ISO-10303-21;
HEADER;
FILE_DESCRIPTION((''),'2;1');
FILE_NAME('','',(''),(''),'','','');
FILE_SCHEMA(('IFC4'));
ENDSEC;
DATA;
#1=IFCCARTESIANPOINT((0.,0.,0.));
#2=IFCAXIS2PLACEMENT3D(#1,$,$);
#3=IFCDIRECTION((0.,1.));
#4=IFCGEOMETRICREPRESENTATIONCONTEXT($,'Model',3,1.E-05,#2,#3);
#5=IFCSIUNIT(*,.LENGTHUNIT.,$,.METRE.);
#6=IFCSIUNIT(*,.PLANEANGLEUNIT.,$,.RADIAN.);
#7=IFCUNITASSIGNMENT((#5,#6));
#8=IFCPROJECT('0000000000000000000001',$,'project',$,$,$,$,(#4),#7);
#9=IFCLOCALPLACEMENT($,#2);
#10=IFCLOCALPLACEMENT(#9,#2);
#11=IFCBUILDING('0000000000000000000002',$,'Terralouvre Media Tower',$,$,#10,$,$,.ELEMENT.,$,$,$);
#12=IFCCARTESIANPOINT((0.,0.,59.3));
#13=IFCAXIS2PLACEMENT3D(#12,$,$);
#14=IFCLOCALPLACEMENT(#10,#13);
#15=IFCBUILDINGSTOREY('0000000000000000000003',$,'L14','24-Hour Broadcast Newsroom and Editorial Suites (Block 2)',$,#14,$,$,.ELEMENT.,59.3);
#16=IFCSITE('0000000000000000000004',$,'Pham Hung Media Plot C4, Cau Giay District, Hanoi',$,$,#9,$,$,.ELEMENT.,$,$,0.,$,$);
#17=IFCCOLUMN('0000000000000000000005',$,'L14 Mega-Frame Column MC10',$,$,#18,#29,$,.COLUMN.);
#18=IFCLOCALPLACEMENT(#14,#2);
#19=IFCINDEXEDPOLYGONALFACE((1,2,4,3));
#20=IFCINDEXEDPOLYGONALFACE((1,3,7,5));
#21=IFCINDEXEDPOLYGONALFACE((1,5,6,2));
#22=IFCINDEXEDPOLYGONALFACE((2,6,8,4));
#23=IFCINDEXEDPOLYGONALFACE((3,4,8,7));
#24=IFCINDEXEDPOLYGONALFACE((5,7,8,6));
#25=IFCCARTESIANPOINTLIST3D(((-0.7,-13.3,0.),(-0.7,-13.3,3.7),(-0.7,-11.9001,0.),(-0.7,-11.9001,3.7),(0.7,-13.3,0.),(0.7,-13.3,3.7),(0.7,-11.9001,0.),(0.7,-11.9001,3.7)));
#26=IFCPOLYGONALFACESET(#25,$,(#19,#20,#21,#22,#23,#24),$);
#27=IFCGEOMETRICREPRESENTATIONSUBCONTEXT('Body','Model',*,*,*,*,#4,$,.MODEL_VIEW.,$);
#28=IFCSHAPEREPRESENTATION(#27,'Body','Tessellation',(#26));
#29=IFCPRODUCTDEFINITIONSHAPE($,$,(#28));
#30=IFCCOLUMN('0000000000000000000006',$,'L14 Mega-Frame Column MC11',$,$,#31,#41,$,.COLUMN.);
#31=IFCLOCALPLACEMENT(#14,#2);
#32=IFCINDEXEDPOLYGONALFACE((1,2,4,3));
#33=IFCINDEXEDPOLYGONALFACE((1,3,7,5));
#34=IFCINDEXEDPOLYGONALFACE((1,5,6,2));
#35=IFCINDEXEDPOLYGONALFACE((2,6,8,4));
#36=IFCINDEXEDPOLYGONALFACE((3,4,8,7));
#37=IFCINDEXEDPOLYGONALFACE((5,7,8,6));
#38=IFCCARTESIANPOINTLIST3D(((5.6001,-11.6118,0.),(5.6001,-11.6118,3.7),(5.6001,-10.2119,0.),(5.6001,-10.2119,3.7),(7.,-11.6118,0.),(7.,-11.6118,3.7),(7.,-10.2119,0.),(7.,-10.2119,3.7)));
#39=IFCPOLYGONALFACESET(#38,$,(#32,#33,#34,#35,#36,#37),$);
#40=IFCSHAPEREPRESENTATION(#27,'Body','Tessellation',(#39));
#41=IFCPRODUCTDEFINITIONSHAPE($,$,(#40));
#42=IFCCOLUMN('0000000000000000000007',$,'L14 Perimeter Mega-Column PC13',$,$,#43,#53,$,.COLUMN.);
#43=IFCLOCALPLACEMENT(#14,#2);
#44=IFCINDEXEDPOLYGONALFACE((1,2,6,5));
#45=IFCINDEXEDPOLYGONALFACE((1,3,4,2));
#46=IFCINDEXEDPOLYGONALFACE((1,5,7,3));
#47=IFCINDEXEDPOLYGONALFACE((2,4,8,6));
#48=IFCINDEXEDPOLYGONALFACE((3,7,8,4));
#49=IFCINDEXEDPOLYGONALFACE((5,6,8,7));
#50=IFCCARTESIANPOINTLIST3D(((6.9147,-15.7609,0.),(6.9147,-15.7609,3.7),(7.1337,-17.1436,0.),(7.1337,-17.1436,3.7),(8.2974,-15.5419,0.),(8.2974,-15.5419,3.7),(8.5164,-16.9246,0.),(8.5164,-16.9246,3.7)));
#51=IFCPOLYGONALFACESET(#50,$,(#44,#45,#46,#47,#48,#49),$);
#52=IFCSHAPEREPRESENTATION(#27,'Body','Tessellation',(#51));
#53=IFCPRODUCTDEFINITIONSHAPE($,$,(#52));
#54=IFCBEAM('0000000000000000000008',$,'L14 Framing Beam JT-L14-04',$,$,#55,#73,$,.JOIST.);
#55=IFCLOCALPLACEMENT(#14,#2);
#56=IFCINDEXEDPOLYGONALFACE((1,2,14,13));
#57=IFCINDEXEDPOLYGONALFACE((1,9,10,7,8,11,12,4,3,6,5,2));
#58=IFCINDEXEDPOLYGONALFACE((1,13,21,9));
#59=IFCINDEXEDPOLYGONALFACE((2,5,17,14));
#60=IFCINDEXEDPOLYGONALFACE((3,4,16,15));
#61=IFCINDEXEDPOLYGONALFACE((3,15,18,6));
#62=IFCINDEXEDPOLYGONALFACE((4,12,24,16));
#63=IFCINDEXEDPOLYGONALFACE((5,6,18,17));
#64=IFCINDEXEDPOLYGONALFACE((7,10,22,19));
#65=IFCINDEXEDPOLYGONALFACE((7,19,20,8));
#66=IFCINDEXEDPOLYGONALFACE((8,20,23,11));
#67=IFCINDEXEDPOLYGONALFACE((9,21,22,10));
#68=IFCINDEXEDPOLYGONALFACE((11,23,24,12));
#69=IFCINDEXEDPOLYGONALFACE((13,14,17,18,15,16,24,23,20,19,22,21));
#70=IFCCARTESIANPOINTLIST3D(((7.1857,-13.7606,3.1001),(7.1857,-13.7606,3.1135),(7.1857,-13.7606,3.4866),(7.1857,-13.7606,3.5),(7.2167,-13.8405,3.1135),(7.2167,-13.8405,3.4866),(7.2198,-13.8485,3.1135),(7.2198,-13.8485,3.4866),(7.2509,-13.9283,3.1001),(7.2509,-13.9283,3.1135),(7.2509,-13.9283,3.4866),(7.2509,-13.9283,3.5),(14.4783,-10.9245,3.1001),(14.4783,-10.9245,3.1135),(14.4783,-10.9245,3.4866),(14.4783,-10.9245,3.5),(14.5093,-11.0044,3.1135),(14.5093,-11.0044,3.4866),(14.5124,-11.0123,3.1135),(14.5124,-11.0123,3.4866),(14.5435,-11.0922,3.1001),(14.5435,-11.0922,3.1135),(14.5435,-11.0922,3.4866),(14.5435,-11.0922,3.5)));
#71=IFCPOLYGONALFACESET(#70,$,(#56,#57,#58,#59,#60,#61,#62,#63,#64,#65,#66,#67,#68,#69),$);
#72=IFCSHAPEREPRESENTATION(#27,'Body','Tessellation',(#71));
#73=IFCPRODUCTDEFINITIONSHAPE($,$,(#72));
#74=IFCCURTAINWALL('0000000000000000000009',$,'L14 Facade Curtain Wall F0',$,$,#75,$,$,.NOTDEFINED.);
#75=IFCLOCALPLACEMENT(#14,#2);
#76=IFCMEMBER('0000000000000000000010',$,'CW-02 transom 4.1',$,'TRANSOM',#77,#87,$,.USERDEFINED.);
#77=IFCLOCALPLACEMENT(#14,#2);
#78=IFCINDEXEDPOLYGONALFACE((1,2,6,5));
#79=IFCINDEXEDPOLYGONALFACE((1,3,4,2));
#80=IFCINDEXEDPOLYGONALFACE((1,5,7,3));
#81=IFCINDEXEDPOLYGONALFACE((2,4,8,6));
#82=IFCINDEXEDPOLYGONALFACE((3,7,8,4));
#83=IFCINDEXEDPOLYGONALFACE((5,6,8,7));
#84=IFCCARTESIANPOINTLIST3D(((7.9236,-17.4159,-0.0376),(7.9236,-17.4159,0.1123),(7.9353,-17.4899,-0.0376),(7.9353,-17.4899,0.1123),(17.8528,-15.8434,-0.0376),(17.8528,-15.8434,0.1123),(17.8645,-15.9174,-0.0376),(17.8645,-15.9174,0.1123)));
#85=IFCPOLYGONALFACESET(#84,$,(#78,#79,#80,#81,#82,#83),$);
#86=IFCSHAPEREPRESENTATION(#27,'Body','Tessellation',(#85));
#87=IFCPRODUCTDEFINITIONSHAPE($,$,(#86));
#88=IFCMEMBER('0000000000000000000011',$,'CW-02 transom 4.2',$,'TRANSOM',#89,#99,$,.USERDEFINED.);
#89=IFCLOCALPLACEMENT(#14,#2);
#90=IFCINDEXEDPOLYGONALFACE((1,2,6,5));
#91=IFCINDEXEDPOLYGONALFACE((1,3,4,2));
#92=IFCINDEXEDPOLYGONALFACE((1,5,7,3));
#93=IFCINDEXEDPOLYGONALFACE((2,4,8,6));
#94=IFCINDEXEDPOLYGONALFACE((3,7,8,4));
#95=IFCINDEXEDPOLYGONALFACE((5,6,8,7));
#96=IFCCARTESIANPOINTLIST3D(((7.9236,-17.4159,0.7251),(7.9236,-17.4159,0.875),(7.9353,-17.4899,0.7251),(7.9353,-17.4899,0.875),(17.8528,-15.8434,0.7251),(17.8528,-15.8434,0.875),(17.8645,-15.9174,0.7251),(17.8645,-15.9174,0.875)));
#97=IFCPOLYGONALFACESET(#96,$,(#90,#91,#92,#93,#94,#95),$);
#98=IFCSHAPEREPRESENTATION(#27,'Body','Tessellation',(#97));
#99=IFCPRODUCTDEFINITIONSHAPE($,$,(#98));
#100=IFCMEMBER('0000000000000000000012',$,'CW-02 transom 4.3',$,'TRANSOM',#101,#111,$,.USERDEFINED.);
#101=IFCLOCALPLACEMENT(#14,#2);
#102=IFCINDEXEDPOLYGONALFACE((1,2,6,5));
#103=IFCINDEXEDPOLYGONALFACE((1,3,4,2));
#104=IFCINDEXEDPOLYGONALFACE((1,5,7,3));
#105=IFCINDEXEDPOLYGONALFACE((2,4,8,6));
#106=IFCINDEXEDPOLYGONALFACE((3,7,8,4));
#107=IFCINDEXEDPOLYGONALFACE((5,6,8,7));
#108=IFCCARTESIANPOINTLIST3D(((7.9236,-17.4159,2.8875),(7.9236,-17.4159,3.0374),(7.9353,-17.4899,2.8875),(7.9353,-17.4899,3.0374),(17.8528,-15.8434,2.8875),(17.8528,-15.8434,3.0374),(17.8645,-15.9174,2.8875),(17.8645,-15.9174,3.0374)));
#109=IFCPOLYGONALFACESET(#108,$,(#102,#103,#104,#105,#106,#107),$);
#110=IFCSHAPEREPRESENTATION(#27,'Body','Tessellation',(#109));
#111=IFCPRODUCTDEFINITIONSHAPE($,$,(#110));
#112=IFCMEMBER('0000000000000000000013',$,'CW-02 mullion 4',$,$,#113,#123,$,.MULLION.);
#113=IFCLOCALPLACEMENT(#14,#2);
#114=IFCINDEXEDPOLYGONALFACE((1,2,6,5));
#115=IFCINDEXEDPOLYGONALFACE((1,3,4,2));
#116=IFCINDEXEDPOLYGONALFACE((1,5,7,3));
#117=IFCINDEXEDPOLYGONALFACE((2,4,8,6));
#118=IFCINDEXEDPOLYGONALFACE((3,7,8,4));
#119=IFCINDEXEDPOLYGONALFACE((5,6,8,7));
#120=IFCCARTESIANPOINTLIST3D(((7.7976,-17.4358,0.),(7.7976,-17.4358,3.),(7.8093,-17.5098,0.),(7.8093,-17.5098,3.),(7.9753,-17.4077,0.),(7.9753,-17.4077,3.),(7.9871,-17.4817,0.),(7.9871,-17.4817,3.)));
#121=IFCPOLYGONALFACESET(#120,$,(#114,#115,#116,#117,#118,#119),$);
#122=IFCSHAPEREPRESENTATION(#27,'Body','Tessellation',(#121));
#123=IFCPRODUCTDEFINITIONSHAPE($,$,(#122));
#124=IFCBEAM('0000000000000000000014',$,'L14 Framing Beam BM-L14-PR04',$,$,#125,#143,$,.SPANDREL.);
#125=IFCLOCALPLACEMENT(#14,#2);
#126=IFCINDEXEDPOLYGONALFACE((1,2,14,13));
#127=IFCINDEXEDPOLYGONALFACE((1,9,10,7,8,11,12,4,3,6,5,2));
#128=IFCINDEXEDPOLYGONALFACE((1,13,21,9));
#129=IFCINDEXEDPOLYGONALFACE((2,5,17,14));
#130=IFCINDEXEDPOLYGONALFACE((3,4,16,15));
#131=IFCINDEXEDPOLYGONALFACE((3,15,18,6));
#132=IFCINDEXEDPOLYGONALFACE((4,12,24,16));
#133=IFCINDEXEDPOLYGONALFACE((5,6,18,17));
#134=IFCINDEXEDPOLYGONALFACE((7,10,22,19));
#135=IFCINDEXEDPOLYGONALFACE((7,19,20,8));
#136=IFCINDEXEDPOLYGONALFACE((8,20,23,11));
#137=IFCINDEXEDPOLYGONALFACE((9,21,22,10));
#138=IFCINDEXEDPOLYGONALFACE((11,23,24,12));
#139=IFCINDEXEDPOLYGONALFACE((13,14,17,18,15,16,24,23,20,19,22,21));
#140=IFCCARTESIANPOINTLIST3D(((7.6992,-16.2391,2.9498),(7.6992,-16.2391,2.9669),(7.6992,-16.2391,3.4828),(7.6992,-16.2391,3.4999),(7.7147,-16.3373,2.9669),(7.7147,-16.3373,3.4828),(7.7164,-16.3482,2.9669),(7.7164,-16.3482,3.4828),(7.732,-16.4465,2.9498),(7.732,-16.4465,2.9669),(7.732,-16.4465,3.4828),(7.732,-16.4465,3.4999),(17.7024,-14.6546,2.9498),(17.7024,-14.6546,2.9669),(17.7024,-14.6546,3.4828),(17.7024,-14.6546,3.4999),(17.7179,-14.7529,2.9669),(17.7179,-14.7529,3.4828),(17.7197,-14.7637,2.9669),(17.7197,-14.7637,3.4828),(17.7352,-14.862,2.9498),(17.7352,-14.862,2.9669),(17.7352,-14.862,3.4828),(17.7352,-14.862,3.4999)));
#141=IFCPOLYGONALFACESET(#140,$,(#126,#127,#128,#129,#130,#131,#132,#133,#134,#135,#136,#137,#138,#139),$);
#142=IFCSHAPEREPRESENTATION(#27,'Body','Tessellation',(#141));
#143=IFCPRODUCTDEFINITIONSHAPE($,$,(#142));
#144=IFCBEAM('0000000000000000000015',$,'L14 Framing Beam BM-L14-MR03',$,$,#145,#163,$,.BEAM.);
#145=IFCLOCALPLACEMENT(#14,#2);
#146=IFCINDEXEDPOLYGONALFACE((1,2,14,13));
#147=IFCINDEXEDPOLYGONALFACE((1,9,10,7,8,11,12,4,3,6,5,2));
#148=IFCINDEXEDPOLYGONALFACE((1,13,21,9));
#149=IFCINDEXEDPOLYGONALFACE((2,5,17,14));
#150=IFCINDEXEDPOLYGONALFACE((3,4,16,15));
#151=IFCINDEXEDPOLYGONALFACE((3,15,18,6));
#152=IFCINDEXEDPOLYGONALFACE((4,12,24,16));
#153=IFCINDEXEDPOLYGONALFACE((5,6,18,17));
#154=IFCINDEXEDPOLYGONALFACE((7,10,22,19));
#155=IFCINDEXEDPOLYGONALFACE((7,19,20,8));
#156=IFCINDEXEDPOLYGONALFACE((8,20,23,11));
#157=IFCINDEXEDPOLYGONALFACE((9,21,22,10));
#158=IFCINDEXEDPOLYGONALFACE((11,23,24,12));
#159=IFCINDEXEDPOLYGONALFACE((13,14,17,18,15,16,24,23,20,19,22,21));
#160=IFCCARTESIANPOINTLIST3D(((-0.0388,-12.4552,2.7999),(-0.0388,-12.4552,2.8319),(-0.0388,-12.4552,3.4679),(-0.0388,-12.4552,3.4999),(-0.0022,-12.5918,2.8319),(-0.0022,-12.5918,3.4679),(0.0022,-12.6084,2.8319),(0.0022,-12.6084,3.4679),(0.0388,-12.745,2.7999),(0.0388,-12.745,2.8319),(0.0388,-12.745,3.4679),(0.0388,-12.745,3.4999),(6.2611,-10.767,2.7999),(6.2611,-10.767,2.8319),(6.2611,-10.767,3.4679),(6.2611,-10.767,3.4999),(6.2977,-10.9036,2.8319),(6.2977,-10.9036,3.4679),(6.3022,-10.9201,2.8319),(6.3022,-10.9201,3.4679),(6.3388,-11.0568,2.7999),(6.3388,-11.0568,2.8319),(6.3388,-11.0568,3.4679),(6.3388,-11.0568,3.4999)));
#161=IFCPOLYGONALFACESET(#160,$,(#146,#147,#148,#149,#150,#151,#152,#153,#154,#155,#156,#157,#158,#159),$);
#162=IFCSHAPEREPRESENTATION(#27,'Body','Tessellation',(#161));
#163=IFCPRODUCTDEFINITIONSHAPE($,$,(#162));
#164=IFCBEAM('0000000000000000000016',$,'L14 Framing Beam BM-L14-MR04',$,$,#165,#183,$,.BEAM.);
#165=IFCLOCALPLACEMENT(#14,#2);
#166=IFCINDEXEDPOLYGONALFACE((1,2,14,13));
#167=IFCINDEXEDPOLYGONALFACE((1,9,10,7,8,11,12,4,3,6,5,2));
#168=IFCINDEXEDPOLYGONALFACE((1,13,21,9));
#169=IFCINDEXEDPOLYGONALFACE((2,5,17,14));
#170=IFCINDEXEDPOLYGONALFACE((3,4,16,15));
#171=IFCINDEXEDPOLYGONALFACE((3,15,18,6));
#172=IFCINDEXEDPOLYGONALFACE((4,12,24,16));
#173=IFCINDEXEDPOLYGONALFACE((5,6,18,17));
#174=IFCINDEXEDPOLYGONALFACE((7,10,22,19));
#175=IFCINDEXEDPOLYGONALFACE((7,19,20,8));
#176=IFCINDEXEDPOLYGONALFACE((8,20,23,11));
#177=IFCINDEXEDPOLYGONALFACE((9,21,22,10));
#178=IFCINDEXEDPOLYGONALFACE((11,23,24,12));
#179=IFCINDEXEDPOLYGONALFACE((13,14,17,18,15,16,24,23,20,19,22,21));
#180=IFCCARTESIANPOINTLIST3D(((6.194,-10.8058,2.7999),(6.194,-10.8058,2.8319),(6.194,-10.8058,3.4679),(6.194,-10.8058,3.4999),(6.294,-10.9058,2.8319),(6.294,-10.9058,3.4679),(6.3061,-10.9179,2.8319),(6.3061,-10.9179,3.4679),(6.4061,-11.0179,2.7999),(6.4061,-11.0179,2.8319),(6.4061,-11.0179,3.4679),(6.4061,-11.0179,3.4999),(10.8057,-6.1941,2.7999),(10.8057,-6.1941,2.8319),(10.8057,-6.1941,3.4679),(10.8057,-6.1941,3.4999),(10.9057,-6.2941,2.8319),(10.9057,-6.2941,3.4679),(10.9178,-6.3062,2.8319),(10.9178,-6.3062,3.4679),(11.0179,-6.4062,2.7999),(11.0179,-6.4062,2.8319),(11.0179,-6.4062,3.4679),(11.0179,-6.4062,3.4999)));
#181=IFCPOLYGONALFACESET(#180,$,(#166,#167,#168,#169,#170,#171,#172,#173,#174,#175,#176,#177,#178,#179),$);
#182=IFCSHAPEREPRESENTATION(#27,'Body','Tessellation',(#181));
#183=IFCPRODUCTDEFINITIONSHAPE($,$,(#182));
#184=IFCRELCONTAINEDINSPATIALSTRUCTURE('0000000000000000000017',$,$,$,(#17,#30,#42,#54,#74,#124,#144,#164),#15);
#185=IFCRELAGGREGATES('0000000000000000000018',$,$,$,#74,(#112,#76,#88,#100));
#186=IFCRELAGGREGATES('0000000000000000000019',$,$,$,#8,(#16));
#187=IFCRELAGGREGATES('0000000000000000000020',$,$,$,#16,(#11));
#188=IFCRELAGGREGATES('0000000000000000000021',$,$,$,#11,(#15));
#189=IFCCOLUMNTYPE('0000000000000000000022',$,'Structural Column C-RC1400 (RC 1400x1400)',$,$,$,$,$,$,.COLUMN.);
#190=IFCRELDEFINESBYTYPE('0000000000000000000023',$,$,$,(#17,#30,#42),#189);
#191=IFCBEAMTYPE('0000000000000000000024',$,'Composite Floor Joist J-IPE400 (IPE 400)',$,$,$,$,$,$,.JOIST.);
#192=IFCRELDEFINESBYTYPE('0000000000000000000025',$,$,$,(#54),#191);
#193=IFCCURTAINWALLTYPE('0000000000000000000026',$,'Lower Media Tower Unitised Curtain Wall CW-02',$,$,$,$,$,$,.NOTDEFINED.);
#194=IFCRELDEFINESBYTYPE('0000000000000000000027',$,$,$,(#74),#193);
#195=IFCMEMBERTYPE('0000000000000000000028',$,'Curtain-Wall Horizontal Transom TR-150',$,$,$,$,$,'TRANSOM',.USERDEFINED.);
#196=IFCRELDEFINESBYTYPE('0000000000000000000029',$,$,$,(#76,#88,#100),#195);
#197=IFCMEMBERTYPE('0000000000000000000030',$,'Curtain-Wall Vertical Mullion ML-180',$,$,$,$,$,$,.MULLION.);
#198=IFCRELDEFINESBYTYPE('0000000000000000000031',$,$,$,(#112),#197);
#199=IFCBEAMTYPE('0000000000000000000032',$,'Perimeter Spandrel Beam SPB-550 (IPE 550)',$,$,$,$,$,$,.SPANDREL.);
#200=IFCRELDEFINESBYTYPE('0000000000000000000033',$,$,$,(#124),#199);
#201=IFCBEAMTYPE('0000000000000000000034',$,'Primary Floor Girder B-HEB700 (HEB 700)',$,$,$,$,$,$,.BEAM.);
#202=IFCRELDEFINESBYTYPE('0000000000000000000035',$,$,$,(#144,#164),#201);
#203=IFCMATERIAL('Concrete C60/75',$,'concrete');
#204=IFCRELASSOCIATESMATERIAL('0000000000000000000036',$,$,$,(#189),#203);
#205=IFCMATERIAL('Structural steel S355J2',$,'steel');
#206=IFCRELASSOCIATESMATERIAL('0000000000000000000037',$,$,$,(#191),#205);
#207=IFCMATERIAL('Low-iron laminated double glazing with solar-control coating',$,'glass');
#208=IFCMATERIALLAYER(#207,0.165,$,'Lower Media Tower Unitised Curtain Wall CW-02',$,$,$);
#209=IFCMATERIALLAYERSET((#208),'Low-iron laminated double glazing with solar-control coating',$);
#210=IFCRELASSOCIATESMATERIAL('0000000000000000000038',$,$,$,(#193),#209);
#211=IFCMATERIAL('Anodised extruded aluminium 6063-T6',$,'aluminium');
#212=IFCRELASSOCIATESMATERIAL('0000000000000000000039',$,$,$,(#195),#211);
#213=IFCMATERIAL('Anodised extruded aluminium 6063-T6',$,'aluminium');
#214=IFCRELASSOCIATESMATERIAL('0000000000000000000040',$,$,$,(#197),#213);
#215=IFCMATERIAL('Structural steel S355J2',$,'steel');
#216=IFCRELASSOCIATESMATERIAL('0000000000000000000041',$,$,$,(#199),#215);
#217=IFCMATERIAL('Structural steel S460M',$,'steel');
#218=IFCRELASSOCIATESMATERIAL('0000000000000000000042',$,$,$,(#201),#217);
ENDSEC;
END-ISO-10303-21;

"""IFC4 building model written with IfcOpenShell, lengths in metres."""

from ifc_helpers import new_model, si_unit, direction, frame, origin, origin_2d, place, context, subcontext, project, spatial, rectangle, i_section, extrude, material, layer, layer_set, material_profile, profile_set, type_object, element, aggregate, save


model = new_model("IFC4")

# Units and contexts
model_context = context("Model", 3, precision=1e-05, world=origin(), true_north=direction((0.0, 1.0)))
body_context = subcontext(model_context, "Body", "Model", "MODEL_VIEW")
ifc_project = project(units=[si_unit("LENGTHUNIT", "METRE"), si_unit("PLANEANGLEUNIT", "RADIAN")], contexts=[model_context])

# Site, building, storey
site_placement = place(None, origin())
site = spatial("IfcSite", under=ifc_project, at=site_placement, Name="Pham Hung Media Plot C4, Cau Giay District, Hanoi", CompositionType="ELEMENT", RefElevation=0.0)
building_placement = place(site_placement, origin())
building = spatial("IfcBuilding", under=site, at=building_placement, Name="Terralouvre Media Tower", CompositionType="ELEMENT")
storey_placement = place(building_placement, frame((0.0, 0.0, 59.3)))
storey = spatial("IfcBuildingStorey", under=building, at=storey_placement, Name="L14", Description="24-Hour Broadcast Newsroom and Editorial Suites (Block 2)", CompositionType="ELEMENT", Elevation=59.3)

# Columns
ifc_material_1 = material(Name="Concrete C60/75", Category="concrete")
ifc_material_profile_1 = material_profile(ifc_material_1, rectangle(XDim=1.3999, YDim=1.3999, at=origin_2d()), Name="RC 1400x1400")
ifc_profile_set_1 = profile_set([ifc_material_profile_1], Name="Concrete C60/75")
column_type = type_object("IfcColumnType", Name="Structural Column C-RC1400 (RC 1400x1400)", PredefinedType="COLUMN", material=ifc_profile_set_1)
for number, where, z_axis, x_axis, name in (
    (1, (0.0, -12.6001, 0.0), (0.0, 0.0, 1.0), (1.0, 0.0, 0.0), "L14 Mega-Frame Column MC10"),
    (2, (6.3, -10.9119, 0.0), (0.0, 0.0, 1.0), (1.0, 0.0, 0.0), "L14 Mega-Frame Column MC11"),
    (3, (7.7156, -16.3428, 0.0), (0.0, 0.0, 1.0), (0.987688, 0.156434, 0.0), "L14 Perimeter Mega-Column PC13"),
):
    element("IfcColumn", number, at=place(storey_placement, frame(where, z_axis=z_axis, x_axis=x_axis)), inside=storey, type_object=column_type, Name=name, PredefinedType="COLUMN", context=body_context, shape_type="SweptSolid", body=[
        extrude(rectangle(XDim=1.3999, YDim=1.3999, at=origin_2d()), origin(), (0.0, 0.0, 1.0), 3.7),
    ])

# Beam
ifc_material_2 = material(Name="Structural steel S355J2", Category="steel")
ifc_material_profile_2 = material_profile(ifc_material_2, i_section(OverallWidth=0.1799, OverallDepth=0.3999, WebThickness=0.0085, FlangeThickness=0.0134, at=origin_2d()), Name="IPE 400")
ifc_profile_set_2 = profile_set([ifc_material_profile_2], Name="Structural steel S355J2")
beam_type_1 = type_object("IfcBeamType", Name="Composite Floor Joist J-IPE400 (IPE 400)", PredefinedType="JOIST", material=ifc_profile_set_2)
beam_1_placement = place(storey_placement, frame((7.2183, -13.8445, 3.3), z_axis=(0.931999, 0.36246, 0.0), x_axis=(-0.36246, 0.931999, 0.0)))
element("IfcBeam", 4, at=beam_1_placement, inside=storey, type_object=beam_type_1, Name="L14 Framing Beam JT-L14-04", PredefinedType="JOIST", context=body_context, shape_type="SweptSolid", body=[
    extrude(i_section(OverallWidth=0.1799, OverallDepth=0.3999, WebThickness=0.0085, FlangeThickness=0.0134, at=origin_2d()), origin(), (0.0, 0.0, 1.0), 7.8247),
])

# Curtain wall, members
ifc_material_3 = material(Name="Low-iron laminated double glazing with solar-control coating", Category="glass")
ifc_layer_1 = layer(ifc_material_3, 0.165, Name="Lower Media Tower Unitised Curtain Wall CW-02")
ifc_layer_set_1 = layer_set([ifc_layer_1], Name="Low-iron laminated double glazing with solar-control coating")
curtain_wall_type = type_object("IfcCurtainWallType", Name="Lower Media Tower Unitised Curtain Wall CW-02", PredefinedType="NOTDEFINED", material=ifc_layer_set_1)
curtain_wall_placement = place(storey_placement, origin())
curtain_wall = element("IfcCurtainWall", 5, at=curtain_wall_placement, inside=storey, type_object=curtain_wall_type, Name="L14 Facade Curtain Wall F0", PredefinedType="NOTDEFINED")
ifc_material_4 = material(Name="Anodised extruded aluminium 6063-T6", Category="aluminium")
ifc_material_profile_3 = material_profile(ifc_material_4, rectangle(XDim=0.075, YDim=0.1499, at=origin_2d()), Name="ALU 75x150")
ifc_profile_set_3 = profile_set([ifc_material_profile_3], Name="Anodised extruded aluminium 6063-T6")
member_type_1 = type_object("IfcMemberType", Name="Curtain-Wall Horizontal Transom TR-150", ElementType="TRANSOM", PredefinedType="USERDEFINED", material=ifc_profile_set_3)
member_1_placement = place(storey_placement, frame((7.9294, -17.4529, 0.0374), z_axis=(0.98769, 0.156423, 0.0), x_axis=(-0.156423, 0.98769, 0.0)))
member_1 = element("IfcMember", 6, at=member_1_placement, type_object=member_type_1, Name="CW-02 transom 4.1", ObjectType="TRANSOM", PredefinedType="USERDEFINED", context=body_context, shape_type="SweptSolid", body=[
    extrude(rectangle(XDim=0.075, YDim=0.1499, at=origin_2d()), origin(), (0.0, 0.0, 1.0), 10.053),
])
member_2_placement = place(storey_placement, frame((7.9294, -17.4529, 0.8), z_axis=(0.98769, 0.156423, 0.0), x_axis=(-0.156423, 0.98769, 0.0)))
member_2 = element("IfcMember", 7, at=member_2_placement, type_object=member_type_1, Name="CW-02 transom 4.2", ObjectType="TRANSOM", PredefinedType="USERDEFINED", context=body_context, shape_type="SweptSolid", body=[
    extrude(rectangle(XDim=0.075, YDim=0.1499, at=origin_2d()), origin(), (0.0, 0.0, 1.0), 10.053),
])
member_3_placement = place(storey_placement, frame((7.9294, -17.4529, 2.9624), z_axis=(0.98769, 0.156423, 0.0), x_axis=(-0.156423, 0.98769, 0.0)))
member_3 = element("IfcMember", 8, at=member_3_placement, type_object=member_type_1, Name="CW-02 transom 4.3", ObjectType="TRANSOM", PredefinedType="USERDEFINED", context=body_context, shape_type="SweptSolid", body=[
    extrude(rectangle(XDim=0.075, YDim=0.1499, at=origin_2d()), origin(), (0.0, 0.0, 1.0), 10.053),
])
ifc_material_5 = material(Name="Anodised extruded aluminium 6063-T6", Category="aluminium")
ifc_material_profile_4 = material_profile(ifc_material_5, rectangle(XDim=0.075, YDim=0.1799, at=origin_2d()), Name="ALU 75x180")
ifc_profile_set_4 = profile_set([ifc_material_profile_4], Name="Anodised extruded aluminium 6063-T6")
member_type_2 = type_object("IfcMemberType", Name="Curtain-Wall Vertical Mullion ML-180", PredefinedType="MULLION", material=ifc_profile_set_4)
member_4_placement = place(storey_placement, frame((7.8923, -17.4587, 0.0), z_axis=(0.0, 0.0, 1.0), x_axis=(-0.156434, 0.987688, 0.0)))
member_4 = element("IfcMember", 9, at=member_4_placement, type_object=member_type_2, Name="CW-02 mullion 4", PredefinedType="MULLION", context=body_context, shape_type="SweptSolid", body=[
    extrude(rectangle(XDim=0.075, YDim=0.1799, at=origin_2d()), origin(), (0.0, 0.0, 1.0), 3.0),
])

# Beams
ifc_material_6 = material(Name="Structural steel S355J2", Category="steel")
ifc_material_profile_5 = material_profile(ifc_material_6, i_section(OverallWidth=0.21, OverallDepth=0.55, WebThickness=0.011, FlangeThickness=0.0171, at=origin_2d()), Name="IPE 550")
ifc_profile_set_5 = profile_set([ifc_material_profile_5], Name="Structural steel S355J2")
beam_type_2 = type_object("IfcBeamType", Name="Perimeter Spandrel Beam SPB-550 (IPE 550)", PredefinedType="SPANDREL", material=ifc_profile_set_5)
beam_2_placement = place(storey_placement, frame((7.7156, -16.3428, 3.2249), z_axis=(0.987686, 0.156447, 0.0), x_axis=(-0.156447, 0.987686, 0.0)))
element("IfcBeam", 10, at=beam_2_placement, inside=storey, type_object=beam_type_2, Name="L14 Framing Beam BM-L14-PR04", PredefinedType="SPANDREL", context=body_context, shape_type="SweptSolid", body=[
    extrude(i_section(OverallWidth=0.21, OverallDepth=0.55, WebThickness=0.011, FlangeThickness=0.0171, at=origin_2d()), origin(), (0.0, 0.0, 1.0), 10.1279),
])
ifc_material_7 = material(Name="Structural steel S460M", Category="steel")
ifc_material_profile_6 = material_profile(ifc_material_7, i_section(OverallWidth=0.3, OverallDepth=0.7, WebThickness=0.0171, FlangeThickness=0.032, at=origin_2d()), Name="HEB 700")
ifc_profile_set_6 = profile_set([ifc_material_profile_6], Name="Structural steel S460M")
beam_type_3 = type_object("IfcBeamType", Name="Primary Floor Girder B-HEB700 (HEB 700)", PredefinedType="BEAM", material=ifc_profile_set_6)
beam_3_placement = place(storey_placement, frame((0.0, -12.6001, 3.1499), z_axis=(0.96592, 0.258839, 0.0), x_axis=(-0.258839, 0.96592, 0.0)))
element("IfcBeam", 11, at=beam_3_placement, inside=storey, type_object=beam_type_3, Name="L14 Framing Beam BM-L14-MR03", PredefinedType="BEAM", context=body_context, shape_type="SweptSolid", body=[
    extrude(i_section(OverallWidth=0.3, OverallDepth=0.7, WebThickness=0.0171, FlangeThickness=0.032, at=origin_2d()), origin(), (0.0, 0.0, 1.0), 6.5222),
])
beam_4_placement = place(storey_placement, frame((6.3, -10.9119, 3.1499), z_axis=(0.707107, 0.707107, 0.0), x_axis=(-0.707107, 0.707107, 0.0)))
element("IfcBeam", 12, at=beam_4_placement, inside=storey, type_object=beam_type_3, Name="L14 Framing Beam BM-L14-MR04", PredefinedType="BEAM", context=body_context, shape_type="SweptSolid", body=[
    extrude(i_section(OverallWidth=0.3, OverallDepth=0.7, WebThickness=0.0171, FlangeThickness=0.032, at=origin_2d()), origin(), (0.0, 0.0, 1.0), 6.522),
])

aggregate(curtain_wall, [member_4, member_1, member_2, member_3])

save(model, "model.ifc")
